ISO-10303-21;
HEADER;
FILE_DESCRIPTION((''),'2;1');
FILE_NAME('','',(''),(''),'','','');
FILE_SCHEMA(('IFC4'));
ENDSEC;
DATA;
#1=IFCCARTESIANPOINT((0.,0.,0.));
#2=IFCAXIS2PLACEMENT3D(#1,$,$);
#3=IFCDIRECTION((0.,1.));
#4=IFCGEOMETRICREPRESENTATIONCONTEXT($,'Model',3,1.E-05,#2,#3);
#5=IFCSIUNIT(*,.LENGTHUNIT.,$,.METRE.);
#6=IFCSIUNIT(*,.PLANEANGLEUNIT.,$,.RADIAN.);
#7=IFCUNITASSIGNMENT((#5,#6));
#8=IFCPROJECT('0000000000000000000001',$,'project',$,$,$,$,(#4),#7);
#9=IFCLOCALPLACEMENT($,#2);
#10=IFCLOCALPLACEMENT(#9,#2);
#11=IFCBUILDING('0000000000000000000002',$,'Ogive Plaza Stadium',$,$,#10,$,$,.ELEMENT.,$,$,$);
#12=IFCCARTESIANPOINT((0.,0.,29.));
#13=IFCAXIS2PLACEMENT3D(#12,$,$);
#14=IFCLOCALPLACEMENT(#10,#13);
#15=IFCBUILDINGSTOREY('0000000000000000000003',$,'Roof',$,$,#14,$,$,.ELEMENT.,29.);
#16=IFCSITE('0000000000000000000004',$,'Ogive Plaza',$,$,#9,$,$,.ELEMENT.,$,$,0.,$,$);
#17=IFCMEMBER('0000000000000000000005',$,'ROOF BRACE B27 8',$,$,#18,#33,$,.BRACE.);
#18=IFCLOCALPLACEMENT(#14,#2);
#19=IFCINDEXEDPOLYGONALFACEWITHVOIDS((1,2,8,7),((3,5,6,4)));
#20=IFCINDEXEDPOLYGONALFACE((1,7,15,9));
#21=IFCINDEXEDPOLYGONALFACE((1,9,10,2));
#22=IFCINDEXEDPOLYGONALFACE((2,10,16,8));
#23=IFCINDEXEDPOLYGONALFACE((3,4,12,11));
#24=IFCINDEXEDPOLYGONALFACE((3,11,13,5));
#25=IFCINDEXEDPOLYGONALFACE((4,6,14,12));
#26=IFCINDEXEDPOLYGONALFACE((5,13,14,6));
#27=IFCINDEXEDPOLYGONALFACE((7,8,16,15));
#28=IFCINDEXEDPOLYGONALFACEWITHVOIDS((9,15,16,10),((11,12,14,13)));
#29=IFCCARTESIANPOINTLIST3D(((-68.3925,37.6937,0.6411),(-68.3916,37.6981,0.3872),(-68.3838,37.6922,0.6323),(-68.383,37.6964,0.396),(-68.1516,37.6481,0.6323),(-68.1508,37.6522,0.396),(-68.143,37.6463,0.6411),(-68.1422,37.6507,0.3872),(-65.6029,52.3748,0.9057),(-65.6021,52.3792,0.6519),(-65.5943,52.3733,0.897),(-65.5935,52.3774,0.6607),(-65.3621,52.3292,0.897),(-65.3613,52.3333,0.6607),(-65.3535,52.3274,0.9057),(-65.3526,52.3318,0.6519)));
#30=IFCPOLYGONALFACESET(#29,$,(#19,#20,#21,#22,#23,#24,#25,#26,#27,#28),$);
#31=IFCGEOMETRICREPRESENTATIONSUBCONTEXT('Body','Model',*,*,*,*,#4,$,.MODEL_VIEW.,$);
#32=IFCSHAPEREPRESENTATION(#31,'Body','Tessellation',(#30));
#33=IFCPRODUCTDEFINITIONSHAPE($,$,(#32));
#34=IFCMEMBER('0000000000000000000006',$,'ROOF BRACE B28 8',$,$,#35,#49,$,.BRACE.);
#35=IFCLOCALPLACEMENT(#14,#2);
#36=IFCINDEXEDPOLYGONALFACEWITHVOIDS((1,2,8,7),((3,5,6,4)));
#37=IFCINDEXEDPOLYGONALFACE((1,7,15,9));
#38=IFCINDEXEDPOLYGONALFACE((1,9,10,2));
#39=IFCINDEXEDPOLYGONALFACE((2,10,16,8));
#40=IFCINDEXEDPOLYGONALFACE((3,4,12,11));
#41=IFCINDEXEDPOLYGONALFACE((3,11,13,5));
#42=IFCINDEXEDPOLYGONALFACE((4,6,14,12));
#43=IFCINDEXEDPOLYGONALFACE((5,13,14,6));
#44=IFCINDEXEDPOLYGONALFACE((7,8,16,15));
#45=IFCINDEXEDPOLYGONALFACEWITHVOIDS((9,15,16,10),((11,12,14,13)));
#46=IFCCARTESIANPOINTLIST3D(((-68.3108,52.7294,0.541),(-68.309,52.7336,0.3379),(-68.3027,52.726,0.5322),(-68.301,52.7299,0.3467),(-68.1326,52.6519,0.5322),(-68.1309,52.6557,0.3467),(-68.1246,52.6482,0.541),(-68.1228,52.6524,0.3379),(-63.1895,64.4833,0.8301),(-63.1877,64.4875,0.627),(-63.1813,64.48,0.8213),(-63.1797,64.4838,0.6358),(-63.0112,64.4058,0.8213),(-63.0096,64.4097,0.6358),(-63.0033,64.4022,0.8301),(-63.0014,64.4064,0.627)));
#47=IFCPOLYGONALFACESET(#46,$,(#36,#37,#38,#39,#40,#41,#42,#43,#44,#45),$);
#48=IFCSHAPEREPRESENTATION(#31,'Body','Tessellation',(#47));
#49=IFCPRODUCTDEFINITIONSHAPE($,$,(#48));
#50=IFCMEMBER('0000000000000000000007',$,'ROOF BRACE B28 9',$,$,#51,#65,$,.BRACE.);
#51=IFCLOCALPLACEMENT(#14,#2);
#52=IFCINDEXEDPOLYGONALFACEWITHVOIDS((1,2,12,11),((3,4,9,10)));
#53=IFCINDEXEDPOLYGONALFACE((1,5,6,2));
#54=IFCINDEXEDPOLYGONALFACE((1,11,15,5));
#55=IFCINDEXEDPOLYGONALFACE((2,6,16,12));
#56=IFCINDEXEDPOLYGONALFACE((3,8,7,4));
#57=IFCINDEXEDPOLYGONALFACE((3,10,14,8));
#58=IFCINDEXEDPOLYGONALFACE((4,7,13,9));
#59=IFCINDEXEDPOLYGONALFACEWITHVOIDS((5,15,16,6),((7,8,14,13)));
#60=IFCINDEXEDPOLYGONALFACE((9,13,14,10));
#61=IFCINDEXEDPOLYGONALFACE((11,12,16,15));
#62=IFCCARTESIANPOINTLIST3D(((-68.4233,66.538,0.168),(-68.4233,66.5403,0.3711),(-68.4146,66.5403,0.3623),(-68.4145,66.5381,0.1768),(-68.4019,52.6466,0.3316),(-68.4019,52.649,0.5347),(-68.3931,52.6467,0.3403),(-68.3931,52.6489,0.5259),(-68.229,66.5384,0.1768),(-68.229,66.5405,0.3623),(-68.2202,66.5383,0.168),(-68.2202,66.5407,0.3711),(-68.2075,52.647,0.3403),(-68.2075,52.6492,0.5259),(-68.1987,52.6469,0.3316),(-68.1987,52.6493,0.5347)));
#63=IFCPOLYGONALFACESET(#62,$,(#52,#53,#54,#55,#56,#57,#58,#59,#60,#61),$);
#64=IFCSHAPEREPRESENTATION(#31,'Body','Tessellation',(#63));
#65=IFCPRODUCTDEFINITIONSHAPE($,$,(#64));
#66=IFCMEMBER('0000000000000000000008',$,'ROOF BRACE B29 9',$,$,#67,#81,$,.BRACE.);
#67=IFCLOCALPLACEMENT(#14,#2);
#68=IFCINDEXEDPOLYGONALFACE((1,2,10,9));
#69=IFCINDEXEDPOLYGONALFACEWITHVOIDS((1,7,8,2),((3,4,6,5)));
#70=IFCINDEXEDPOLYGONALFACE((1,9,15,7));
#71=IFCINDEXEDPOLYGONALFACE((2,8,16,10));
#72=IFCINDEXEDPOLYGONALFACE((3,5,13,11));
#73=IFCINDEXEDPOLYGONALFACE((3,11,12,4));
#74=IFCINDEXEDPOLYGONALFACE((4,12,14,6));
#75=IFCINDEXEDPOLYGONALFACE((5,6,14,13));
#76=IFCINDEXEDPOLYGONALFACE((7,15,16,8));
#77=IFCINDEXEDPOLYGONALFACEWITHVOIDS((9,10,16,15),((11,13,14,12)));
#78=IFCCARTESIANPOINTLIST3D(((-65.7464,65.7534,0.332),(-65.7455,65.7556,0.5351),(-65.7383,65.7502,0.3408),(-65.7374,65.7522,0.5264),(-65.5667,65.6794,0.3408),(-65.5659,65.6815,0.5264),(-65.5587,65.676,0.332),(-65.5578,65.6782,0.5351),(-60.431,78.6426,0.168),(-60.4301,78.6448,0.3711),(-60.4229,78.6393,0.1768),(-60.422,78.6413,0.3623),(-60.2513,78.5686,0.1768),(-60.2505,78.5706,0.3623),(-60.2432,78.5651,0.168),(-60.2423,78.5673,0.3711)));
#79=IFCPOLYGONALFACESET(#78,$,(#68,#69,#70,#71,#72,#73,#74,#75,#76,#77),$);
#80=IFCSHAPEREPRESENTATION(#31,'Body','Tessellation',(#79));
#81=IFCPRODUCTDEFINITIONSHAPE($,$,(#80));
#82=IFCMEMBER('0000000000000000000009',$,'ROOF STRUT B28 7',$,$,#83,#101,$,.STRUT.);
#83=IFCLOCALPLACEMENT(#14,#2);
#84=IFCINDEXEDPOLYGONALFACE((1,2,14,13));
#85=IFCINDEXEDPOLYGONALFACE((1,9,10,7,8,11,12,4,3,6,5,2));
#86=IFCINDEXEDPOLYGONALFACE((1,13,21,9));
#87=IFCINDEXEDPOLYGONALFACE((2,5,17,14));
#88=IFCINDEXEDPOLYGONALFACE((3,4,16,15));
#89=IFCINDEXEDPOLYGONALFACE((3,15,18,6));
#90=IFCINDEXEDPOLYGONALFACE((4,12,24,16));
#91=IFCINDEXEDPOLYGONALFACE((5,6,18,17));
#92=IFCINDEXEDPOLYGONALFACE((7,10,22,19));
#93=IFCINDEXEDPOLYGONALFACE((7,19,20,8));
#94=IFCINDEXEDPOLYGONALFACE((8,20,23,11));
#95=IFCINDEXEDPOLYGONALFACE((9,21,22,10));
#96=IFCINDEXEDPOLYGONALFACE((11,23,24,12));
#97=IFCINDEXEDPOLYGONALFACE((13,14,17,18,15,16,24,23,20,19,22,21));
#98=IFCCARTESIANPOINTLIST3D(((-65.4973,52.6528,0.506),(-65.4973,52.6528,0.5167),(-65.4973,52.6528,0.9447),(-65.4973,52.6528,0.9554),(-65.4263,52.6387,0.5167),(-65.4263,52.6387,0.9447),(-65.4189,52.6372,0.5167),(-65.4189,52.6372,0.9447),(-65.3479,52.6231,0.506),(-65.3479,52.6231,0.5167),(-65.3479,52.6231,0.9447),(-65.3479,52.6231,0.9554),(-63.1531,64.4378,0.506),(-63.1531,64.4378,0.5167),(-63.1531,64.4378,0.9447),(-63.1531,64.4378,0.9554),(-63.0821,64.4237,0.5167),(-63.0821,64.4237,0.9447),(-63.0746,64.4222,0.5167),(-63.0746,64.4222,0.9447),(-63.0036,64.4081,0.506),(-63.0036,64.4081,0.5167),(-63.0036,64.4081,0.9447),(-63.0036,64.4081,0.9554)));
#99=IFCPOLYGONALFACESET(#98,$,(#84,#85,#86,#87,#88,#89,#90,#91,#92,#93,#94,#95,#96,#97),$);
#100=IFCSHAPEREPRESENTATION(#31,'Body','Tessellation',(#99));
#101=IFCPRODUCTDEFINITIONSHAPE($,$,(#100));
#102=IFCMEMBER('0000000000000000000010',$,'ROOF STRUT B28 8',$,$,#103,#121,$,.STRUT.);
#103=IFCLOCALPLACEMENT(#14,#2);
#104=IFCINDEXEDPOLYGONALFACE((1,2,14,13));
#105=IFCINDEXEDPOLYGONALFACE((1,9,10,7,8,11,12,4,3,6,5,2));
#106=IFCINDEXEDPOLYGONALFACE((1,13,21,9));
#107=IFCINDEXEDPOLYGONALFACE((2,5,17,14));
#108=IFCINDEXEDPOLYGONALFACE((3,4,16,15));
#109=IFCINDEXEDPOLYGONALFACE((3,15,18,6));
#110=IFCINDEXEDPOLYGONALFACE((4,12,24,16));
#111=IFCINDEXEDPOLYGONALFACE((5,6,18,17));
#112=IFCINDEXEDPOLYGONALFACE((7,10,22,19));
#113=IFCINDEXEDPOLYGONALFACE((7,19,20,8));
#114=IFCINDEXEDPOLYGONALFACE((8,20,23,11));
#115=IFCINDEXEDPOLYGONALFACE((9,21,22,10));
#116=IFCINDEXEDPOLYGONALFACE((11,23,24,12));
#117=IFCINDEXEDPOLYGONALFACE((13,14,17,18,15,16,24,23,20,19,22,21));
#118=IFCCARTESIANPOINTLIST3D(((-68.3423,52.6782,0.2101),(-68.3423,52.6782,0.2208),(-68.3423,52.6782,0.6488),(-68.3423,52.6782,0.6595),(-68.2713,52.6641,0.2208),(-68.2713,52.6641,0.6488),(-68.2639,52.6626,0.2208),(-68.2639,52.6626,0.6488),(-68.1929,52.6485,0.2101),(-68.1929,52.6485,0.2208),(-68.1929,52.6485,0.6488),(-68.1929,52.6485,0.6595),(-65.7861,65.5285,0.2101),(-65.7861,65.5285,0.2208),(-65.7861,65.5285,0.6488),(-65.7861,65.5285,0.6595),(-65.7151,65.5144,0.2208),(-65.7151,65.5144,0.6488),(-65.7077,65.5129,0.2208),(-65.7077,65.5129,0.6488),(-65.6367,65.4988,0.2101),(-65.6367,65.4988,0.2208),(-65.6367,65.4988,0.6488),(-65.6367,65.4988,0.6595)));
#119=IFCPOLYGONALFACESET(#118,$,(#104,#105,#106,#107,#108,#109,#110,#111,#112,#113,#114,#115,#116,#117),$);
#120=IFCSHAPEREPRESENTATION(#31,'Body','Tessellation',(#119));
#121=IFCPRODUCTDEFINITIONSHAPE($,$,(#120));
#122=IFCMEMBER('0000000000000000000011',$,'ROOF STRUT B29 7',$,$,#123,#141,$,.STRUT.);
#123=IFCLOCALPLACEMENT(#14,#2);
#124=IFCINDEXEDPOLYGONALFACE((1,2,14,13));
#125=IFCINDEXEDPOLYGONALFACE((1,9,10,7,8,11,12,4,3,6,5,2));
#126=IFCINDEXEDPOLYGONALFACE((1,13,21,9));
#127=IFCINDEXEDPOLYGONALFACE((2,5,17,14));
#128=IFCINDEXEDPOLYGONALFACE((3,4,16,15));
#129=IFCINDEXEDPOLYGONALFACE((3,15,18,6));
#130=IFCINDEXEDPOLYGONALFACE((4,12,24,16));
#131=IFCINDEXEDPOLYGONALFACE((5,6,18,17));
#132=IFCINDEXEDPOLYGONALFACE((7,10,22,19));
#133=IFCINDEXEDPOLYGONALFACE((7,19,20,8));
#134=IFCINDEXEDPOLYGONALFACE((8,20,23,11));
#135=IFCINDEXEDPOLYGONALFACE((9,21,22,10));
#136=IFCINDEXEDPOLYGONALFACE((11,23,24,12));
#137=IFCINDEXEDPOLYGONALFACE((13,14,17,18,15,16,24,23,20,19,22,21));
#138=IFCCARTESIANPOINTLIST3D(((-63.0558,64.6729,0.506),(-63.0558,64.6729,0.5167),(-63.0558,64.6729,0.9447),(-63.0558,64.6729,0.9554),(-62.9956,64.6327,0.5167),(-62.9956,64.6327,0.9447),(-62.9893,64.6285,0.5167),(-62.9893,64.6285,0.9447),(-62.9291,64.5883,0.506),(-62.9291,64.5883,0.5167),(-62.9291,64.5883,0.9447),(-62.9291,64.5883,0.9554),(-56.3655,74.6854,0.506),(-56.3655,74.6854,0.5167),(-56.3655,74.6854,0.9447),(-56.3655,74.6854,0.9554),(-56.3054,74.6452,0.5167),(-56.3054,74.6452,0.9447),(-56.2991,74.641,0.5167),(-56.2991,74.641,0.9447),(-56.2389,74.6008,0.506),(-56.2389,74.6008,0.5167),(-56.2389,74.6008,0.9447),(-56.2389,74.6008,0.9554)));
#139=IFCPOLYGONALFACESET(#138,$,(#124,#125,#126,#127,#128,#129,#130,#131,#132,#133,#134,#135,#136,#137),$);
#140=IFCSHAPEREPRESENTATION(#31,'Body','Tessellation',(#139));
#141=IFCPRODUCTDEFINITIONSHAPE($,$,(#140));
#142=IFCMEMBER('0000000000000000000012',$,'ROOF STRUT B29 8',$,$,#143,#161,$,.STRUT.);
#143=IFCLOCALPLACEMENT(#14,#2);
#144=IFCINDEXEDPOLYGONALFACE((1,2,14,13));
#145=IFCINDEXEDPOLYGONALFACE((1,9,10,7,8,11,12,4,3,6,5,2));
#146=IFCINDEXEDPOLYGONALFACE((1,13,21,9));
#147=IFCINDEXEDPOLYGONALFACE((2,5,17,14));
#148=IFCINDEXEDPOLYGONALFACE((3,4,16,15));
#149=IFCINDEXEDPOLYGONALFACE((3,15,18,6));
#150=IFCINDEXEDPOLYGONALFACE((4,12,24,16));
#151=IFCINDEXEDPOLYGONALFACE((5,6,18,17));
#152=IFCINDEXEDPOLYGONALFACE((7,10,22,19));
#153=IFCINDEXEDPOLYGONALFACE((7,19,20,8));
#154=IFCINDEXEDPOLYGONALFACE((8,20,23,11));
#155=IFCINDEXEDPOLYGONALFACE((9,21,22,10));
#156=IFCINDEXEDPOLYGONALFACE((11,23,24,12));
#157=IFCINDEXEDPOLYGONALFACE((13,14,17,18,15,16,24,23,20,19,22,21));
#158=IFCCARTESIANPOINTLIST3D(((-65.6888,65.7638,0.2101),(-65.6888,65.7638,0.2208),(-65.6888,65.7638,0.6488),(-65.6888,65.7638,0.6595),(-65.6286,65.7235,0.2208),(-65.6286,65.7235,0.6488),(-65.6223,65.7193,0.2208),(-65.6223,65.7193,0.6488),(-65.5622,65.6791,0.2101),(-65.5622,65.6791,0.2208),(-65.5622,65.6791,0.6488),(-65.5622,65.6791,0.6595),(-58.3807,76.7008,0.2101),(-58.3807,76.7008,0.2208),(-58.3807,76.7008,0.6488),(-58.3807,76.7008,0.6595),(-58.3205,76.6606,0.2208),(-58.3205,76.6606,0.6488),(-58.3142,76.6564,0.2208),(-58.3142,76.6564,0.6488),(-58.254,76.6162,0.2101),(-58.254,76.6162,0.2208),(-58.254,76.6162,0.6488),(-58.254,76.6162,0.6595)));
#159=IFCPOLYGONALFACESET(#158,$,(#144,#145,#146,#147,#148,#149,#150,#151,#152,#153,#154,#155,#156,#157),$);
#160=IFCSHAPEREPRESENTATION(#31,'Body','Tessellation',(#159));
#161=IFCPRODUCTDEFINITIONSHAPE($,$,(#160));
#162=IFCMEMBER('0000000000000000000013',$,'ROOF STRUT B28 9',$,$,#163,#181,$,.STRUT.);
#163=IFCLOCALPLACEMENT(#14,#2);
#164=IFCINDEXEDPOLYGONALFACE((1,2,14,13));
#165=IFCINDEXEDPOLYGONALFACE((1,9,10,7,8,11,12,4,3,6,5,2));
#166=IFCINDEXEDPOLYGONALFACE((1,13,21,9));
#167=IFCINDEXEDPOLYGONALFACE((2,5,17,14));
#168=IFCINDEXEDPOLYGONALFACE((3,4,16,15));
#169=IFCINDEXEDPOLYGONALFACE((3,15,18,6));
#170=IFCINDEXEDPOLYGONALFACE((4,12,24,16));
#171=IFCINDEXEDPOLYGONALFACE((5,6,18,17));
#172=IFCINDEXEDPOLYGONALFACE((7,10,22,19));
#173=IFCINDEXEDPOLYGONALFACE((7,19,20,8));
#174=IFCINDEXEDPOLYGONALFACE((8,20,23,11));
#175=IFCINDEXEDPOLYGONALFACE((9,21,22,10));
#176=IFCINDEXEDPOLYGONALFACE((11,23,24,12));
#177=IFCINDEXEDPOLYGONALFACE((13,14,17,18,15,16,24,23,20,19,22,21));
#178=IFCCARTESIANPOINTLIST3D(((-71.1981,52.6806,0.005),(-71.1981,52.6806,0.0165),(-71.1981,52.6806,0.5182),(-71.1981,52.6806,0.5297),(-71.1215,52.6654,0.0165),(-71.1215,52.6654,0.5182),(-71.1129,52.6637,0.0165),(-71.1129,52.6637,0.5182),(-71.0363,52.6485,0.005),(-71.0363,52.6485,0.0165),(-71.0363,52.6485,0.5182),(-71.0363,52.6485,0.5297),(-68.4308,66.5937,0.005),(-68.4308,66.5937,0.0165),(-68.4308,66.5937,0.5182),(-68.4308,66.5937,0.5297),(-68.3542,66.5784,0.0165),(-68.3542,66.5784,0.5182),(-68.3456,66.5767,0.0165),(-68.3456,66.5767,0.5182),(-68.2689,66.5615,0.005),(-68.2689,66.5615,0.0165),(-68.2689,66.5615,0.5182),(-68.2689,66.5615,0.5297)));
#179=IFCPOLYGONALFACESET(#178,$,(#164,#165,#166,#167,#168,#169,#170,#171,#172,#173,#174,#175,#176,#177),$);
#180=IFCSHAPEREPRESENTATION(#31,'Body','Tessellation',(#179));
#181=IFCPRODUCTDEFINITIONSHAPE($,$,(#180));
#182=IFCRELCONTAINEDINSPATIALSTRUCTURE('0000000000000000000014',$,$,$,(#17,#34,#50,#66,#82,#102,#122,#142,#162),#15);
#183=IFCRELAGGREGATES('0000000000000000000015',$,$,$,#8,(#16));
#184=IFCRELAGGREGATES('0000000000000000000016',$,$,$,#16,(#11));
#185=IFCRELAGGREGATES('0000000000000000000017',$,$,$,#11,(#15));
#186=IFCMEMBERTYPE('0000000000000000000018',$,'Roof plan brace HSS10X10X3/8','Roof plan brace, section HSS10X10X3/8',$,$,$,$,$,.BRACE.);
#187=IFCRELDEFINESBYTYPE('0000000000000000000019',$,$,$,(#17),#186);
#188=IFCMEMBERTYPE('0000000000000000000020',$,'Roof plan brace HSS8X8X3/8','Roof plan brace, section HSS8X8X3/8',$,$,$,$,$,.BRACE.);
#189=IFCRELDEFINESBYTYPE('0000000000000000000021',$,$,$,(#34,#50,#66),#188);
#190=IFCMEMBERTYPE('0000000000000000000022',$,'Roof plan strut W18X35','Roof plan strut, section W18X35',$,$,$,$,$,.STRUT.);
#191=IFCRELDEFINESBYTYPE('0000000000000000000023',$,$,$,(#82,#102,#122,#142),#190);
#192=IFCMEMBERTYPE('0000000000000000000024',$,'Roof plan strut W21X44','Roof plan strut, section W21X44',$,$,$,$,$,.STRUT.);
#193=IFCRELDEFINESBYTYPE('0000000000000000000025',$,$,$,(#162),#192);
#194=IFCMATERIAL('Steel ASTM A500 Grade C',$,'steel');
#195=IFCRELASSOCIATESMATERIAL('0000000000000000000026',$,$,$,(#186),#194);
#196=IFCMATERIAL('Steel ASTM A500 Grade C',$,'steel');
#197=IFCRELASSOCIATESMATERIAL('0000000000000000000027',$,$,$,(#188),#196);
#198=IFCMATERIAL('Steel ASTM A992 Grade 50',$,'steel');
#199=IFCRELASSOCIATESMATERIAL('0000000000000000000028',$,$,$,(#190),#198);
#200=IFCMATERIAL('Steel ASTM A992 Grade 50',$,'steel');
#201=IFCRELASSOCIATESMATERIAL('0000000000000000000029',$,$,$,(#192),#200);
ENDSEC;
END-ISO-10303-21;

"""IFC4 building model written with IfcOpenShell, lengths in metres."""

from ifc_helpers import new_model, si_unit, direction, frame, origin, origin_2d, place, context, subcontext, project, spatial, hollow_rectangle, i_section, extrude, material, material_profile, profile_set, type_object, element, save


model = new_model("IFC4")

# Units and contexts
model_context = context("Model", 3, precision=1e-05, world=origin(), true_north=direction((0.0, 1.0)))
body_context = subcontext(model_context, "Body", "Model", "MODEL_VIEW")
ifc_project = project(units=[si_unit("LENGTHUNIT", "METRE"), si_unit("PLANEANGLEUNIT", "RADIAN")], contexts=[model_context])

# Site, building, storey
site_placement = place(None, origin())
site = spatial("IfcSite", under=ifc_project, at=site_placement, Name="Ogive Plaza", CompositionType="ELEMENT", RefElevation=0.0)
building_placement = place(site_placement, origin())
building = spatial("IfcBuilding", under=site, at=building_placement, Name="Ogive Plaza Stadium", CompositionType="ELEMENT")
storey_placement = place(building_placement, frame((0.0, 0.0, 29.0)))
storey = spatial("IfcBuildingStorey", under=building, at=storey_placement, Name="Roof", CompositionType="ELEMENT", Elevation=29.0)

# Members
ifc_material_1 = material(Name="Steel ASTM A500 Grade C", Category="steel")
ifc_material_profile_1 = material_profile(ifc_material_1, hollow_rectangle(XDim=0.2539, YDim=0.2539, WallThickness=0.0088, at=origin_2d()), Name="HSS10X10X3/8")
ifc_profile_set_1 = profile_set([ifc_material_profile_1], Name="Steel ASTM A500 Grade C")
member_type_1 = type_object("IfcMemberType", Name="Roof plan brace HSS10X10X3/8", Description="Roof plan brace, section HSS10X10X3/8", PredefinedType="BRACE", material=ifc_profile_set_1)
member_1_placement = place(storey_placement, frame((-65.4778, 52.3533, 0.7788), z_axis=(-0.18664, -0.982269, -0.017707), x_axis=(0.982423, -0.186669, 0.0)))
element("IfcMember", 1, at=member_1_placement, inside=storey, type_object=member_type_1, Name="ROOF BRACE B27 8", PredefinedType="BRACE", context=body_context, shape_type="SweptSolid", body=[
    extrude(hollow_rectangle(XDim=0.2539, YDim=0.2539, WallThickness=0.0088, at=origin_2d()), origin(), (0.0, 0.0, 1.0), 14.946),
])
ifc_material_2 = material(Name="Steel ASTM A500 Grade C", Category="steel")
ifc_material_profile_2 = material_profile(ifc_material_2, hollow_rectangle(XDim=0.2031, YDim=0.2031, WallThickness=0.0088, at=origin_2d()), Name="HSS8X8X3/8")
ifc_profile_set_2 = profile_set([ifc_material_profile_2], Name="Steel ASTM A500 Grade C")
member_type_2 = type_object("IfcMemberType", Name="Roof plan brace HSS8X8X3/8", Description="Roof plan brace, section HSS8X8X3/8", PredefinedType="BRACE", material=ifc_profile_set_2)
member_2_placement = place(storey_placement, frame((-63.0955, 64.4448, 0.7285), z_axis=(-0.399342, -0.916525, -0.02254), x_axis=(0.916758, -0.399444, 0.0)))
element("IfcMember", 2, at=member_2_placement, inside=storey, type_object=member_type_2, Name="ROOF BRACE B28 8", PredefinedType="BRACE", context=body_context, shape_type="SweptSolid", body=[
    extrude(hollow_rectangle(XDim=0.2031, YDim=0.2031, WallThickness=0.0088, at=origin_2d()), origin(), (0.0, 0.0, 1.0), 12.8245),
])
member_3_placement = place(storey_placement, frame((-68.3003, 52.6479, 0.4331), z_axis=(-0.001546, 0.999929, -0.011774), x_axis=(-0.999999, -0.001547, 0.0)))
element("IfcMember", 3, at=member_3_placement, inside=storey, type_object=member_type_2, Name="ROOF BRACE B28 9", PredefinedType="BRACE", context=body_context, shape_type="SweptSolid", body=[
    extrude(hollow_rectangle(XDim=0.2031, YDim=0.2031, WallThickness=0.0088, at=origin_2d()), origin(), (0.0, 0.0, 1.0), 13.8923),
])
member_4_placement = place(storey_placement, frame((-65.6521, 65.7158, 0.4336), z_axis=(0.381222, 0.924409, -0.011767), x_axis=(-0.924473, 0.381248, 0.0)))
element("IfcMember", 4, at=member_4_placement, inside=storey, type_object=member_type_2, Name="ROOF BRACE B29 9", PredefinedType="BRACE", context=body_context, shape_type="SweptSolid", body=[
    extrude(hollow_rectangle(XDim=0.2031, YDim=0.2031, WallThickness=0.0088, at=origin_2d()), origin(), (0.0, 0.0, 1.0), 13.9431),
])
ifc_material_3 = material(Name="Steel ASTM A992 Grade 50", Category="steel")
ifc_material_profile_3 = material_profile(ifc_material_3, i_section(OverallWidth=0.1523, OverallDepth=0.4495, WebThickness=0.0076, FlangeThickness=0.0107, at=origin_2d()), Name="W18X35")
ifc_profile_set_3 = profile_set([ifc_material_profile_3], Name="Steel ASTM A992 Grade 50")
member_type_3 = type_object("IfcMemberType", Name="Roof plan strut W18X35", Description="Roof plan strut, section W18X35", PredefinedType="STRUT", material=ifc_profile_set_3)
member_5_placement = place(storey_placement, frame((-65.4226, 52.6379, 0.7307), z_axis=(0.195096, 0.980784, 0.0), x_axis=(-0.980784, 0.195096, 0.0)))
element("IfcMember", 5, at=member_5_placement, inside=storey, type_object=member_type_3, Name="ROOF STRUT B28 7", PredefinedType="STRUT", context=body_context, shape_type="SweptSolid", body=[
    extrude(i_section(OverallWidth=0.1523, OverallDepth=0.4495, WebThickness=0.0076, FlangeThickness=0.0107, at=origin_2d()), origin(), (0.0, 0.0, 1.0), 12.0159),
])
member_6_placement = place(storey_placement, frame((-68.2676, 52.6633, 0.4348), z_axis=(0.195095, 0.980784, 0.0), x_axis=(-0.980784, 0.195095, 0.0)))
element("IfcMember", 6, at=member_6_placement, inside=storey, type_object=member_type_3, Name="ROOF STRUT B28 8", PredefinedType="STRUT", context=body_context, shape_type="SweptSolid", body=[
    extrude(i_section(OverallWidth=0.1523, OverallDepth=0.4495, WebThickness=0.0076, FlangeThickness=0.0107, at=origin_2d()), origin(), (0.0, 0.0, 1.0), 13.1021),
])
member_7_placement = place(storey_placement, frame((-62.9924, 64.6306, 0.7307), z_axis=(0.555575, 0.831467, 0.0), x_axis=(-0.831467, 0.555575, 0.0)))
element("IfcMember", 7, at=member_7_placement, inside=storey, type_object=member_type_3, Name="ROOF STRUT B29 7", PredefinedType="STRUT", context=body_context, shape_type="SweptSolid", body=[
    extrude(i_section(OverallWidth=0.1523, OverallDepth=0.4495, WebThickness=0.0076, FlangeThickness=0.0107, at=origin_2d()), origin(), (0.0, 0.0, 1.0), 12.042),
])
member_8_placement = place(storey_placement, frame((-65.6255, 65.7214, 0.4348), z_axis=(0.555582, 0.831462, 0.0), x_axis=(-0.831462, 0.555582, 0.0)))
element("IfcMember", 8, at=member_8_placement, inside=storey, type_object=member_type_3, Name="ROOF STRUT B29 8", PredefinedType="STRUT", context=body_context, shape_type="SweptSolid", body=[
    extrude(i_section(OverallWidth=0.1523, OverallDepth=0.4495, WebThickness=0.0076, FlangeThickness=0.0107, at=origin_2d()), origin(), (0.0, 0.0, 1.0), 13.1541),
])
ifc_material_4 = material(Name="Steel ASTM A992 Grade 50", Category="steel")
ifc_material_profile_4 = material_profile(ifc_material_4, i_section(OverallWidth=0.165, OverallDepth=0.5247, WebThickness=0.0088, FlangeThickness=0.0115, at=origin_2d()), Name="W21X44")
ifc_profile_set_4 = profile_set([ifc_material_profile_4], Name="Steel ASTM A992 Grade 50")
member_type_4 = type_object("IfcMemberType", Name="Roof plan strut W21X44", Description="Roof plan strut, section W21X44", PredefinedType="STRUT", material=ifc_profile_set_4)
member_9_placement = place(storey_placement, frame((-71.1172, 52.6646, 0.2673), z_axis=(0.19508, 0.980787, 0.0), x_axis=(-0.980787, 0.19508, 0.0)))
element("IfcMember", 9, at=member_9_placement, inside=storey, type_object=member_type_4, Name="ROOF STRUT B28 9", PredefinedType="STRUT", context=body_context, shape_type="SweptSolid", body=[
    extrude(i_section(OverallWidth=0.165, OverallDepth=0.5247, WebThickness=0.0088, FlangeThickness=0.0115, at=origin_2d()), origin(), (0.0, 0.0, 1.0), 14.1855),
])

save(model, "model.ifc")
